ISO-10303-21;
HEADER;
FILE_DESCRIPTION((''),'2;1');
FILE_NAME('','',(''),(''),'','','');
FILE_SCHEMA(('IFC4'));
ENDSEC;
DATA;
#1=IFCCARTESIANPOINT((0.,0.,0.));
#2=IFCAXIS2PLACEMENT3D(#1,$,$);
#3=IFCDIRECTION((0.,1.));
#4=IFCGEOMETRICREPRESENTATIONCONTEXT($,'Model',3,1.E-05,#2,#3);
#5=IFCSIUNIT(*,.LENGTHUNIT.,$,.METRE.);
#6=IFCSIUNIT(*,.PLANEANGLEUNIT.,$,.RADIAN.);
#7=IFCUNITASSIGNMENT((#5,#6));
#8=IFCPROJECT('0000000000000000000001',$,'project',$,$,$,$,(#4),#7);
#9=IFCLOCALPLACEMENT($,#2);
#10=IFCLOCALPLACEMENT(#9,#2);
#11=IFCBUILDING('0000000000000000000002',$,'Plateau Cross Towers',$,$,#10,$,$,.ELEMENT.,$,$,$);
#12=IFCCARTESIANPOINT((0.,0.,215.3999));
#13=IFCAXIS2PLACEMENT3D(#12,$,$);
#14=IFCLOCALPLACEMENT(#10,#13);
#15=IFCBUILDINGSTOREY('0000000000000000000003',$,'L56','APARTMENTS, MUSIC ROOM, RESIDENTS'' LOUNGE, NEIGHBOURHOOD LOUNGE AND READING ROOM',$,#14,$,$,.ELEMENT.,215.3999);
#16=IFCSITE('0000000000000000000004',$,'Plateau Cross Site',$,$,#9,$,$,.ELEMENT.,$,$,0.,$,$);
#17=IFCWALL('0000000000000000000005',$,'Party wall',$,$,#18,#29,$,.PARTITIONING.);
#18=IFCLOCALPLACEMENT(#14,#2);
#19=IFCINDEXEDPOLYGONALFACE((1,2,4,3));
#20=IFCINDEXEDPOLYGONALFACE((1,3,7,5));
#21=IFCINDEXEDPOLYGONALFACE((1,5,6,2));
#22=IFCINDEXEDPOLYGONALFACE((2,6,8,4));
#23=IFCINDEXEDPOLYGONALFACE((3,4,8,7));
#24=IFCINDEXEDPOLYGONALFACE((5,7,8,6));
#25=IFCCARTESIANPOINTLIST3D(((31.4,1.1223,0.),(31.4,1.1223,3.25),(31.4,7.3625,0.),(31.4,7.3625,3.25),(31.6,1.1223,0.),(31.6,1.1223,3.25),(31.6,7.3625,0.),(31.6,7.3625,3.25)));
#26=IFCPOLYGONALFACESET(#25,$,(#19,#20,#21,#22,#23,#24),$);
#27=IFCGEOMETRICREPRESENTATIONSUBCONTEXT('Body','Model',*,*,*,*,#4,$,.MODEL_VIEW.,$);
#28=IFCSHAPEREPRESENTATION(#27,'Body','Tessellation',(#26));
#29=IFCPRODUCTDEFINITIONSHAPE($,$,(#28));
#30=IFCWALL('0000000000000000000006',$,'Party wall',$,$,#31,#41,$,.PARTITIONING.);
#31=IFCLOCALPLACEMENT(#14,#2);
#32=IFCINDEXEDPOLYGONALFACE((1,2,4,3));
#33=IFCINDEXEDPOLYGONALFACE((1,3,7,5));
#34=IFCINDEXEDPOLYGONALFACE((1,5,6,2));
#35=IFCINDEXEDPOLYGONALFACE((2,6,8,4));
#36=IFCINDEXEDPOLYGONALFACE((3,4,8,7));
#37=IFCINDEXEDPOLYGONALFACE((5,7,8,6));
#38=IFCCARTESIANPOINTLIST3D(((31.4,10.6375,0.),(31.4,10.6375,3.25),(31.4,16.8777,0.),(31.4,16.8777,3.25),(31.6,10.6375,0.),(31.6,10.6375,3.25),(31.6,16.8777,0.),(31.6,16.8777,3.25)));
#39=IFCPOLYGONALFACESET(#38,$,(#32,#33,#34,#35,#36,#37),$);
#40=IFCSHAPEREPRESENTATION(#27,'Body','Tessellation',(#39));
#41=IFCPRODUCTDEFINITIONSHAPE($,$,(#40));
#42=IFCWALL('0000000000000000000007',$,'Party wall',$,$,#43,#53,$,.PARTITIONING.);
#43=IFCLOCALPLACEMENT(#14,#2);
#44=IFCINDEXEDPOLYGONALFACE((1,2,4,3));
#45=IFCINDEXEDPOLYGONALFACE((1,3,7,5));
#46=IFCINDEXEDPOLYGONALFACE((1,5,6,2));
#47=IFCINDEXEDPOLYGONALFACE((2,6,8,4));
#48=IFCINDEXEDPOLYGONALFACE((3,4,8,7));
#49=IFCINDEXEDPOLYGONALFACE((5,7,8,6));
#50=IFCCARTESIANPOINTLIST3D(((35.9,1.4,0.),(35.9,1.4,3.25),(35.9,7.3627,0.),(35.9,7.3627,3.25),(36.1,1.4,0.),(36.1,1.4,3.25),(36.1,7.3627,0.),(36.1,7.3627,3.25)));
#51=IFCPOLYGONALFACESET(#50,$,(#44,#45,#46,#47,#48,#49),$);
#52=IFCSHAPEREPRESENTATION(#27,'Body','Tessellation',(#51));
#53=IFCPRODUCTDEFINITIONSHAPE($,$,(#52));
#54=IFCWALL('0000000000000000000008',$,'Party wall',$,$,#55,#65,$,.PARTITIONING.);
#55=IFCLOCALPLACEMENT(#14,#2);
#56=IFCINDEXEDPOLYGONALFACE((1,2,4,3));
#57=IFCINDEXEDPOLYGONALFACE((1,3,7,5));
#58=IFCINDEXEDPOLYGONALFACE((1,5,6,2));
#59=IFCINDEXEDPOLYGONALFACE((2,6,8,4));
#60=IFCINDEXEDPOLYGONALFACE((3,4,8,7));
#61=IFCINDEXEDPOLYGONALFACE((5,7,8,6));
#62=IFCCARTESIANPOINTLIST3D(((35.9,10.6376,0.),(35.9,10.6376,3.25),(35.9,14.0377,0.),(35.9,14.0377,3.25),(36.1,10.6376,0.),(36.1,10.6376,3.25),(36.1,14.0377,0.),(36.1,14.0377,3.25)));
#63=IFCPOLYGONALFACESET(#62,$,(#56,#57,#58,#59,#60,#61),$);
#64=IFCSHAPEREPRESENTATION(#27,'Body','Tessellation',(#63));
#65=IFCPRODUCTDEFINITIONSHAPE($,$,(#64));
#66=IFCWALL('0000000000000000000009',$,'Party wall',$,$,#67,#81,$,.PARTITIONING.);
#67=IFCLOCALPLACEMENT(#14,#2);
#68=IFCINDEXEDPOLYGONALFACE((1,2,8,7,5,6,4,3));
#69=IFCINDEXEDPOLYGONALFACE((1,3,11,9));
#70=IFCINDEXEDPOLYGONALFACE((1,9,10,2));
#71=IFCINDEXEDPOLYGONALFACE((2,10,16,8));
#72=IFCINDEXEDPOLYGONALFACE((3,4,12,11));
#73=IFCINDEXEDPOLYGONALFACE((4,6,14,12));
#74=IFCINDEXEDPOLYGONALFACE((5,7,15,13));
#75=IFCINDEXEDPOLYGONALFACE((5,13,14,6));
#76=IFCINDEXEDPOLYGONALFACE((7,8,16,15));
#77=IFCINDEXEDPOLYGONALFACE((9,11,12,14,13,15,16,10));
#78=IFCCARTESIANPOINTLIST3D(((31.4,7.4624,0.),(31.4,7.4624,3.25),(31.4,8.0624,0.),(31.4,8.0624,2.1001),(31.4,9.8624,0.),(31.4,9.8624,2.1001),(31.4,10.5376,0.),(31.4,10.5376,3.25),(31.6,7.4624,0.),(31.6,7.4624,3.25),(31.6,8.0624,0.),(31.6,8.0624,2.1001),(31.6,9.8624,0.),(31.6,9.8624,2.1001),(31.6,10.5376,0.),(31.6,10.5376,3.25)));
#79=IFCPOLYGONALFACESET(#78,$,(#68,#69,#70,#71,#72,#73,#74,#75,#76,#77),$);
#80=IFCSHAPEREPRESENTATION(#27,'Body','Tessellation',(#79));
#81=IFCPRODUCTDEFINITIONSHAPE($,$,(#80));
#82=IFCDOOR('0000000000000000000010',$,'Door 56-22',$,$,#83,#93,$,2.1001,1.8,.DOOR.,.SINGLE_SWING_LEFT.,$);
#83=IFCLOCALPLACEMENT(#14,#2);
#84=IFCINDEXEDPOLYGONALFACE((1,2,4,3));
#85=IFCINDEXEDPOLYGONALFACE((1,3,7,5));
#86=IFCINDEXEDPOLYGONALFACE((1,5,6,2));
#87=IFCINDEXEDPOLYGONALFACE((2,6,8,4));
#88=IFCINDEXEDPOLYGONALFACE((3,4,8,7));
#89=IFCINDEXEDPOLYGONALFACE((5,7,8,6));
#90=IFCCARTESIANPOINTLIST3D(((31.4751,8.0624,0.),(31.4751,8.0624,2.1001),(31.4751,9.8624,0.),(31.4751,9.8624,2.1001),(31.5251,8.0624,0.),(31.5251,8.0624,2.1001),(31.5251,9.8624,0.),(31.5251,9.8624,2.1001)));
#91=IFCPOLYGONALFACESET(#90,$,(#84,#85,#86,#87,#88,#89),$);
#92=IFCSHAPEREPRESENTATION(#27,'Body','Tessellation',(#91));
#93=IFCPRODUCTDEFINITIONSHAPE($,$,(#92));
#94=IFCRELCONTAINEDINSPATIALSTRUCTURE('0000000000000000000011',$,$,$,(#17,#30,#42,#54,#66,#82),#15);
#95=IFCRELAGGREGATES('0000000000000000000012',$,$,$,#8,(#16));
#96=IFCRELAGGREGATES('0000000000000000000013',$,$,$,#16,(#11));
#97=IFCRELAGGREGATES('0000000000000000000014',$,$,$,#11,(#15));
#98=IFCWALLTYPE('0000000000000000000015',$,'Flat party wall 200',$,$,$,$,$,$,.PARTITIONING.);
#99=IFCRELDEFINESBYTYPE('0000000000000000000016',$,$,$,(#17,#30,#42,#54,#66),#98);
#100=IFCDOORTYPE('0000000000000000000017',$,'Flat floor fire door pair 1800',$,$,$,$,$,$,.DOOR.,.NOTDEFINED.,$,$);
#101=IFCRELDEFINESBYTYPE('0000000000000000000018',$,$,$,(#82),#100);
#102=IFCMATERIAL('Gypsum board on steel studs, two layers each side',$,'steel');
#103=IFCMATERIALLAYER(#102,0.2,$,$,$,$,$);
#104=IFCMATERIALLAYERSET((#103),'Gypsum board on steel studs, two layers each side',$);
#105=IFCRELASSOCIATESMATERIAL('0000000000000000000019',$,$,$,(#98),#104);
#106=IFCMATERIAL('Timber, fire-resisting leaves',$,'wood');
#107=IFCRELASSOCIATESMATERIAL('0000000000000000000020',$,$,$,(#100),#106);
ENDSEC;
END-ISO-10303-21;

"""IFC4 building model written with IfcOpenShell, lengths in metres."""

from ifc_helpers import new_model, si_unit, direction, frame, frame_2d, origin, place, context, subcontext, project, spatial, rectangle, extrude, material, layer, layer_set, type_object, element, fill, save


model = new_model("IFC4")

# Units and contexts
model_context = context("Model", 3, precision=1e-05, world=origin(), true_north=direction((0.0, 1.0)))
body_context = subcontext(model_context, "Body", "Model", "MODEL_VIEW")
ifc_project = project(units=[si_unit("LENGTHUNIT", "METRE"), si_unit("PLANEANGLEUNIT", "RADIAN")], contexts=[model_context])

# Site, building, storey
site_placement = place(None, origin())
site = spatial("IfcSite", under=ifc_project, at=site_placement, Name="Plateau Cross Site", CompositionType="ELEMENT", RefElevation=0.0)
building_placement = place(site_placement, origin())
building = spatial("IfcBuilding", under=site, at=building_placement, Name="Plateau Cross Towers", CompositionType="ELEMENT")
storey_placement = place(building_placement, frame((0.0, 0.0, 215.3999)))
storey = spatial("IfcBuildingStorey", under=building, at=storey_placement, Name="L56", Description="APARTMENTS, MUSIC ROOM, RESIDENTS' LOUNGE, NEIGHBOURHOOD LOUNGE AND READING ROOM", CompositionType="ELEMENT", Elevation=215.3999)

# Walls
ifc_material_1 = material(Name="Gypsum board on steel studs, two layers each side", Category="steel")
ifc_layer_1 = layer(ifc_material_1, 0.2)
ifc_layer_set_1 = layer_set([ifc_layer_1], Name="Gypsum board on steel studs, two layers each side")
wall_type_1 = type_object("IfcWallType", Name="Flat party wall 200", PredefinedType="PARTITIONING", material=ifc_layer_set_1)
for number, where, z_axis, x_axis, name in (
    (1, (31.5, 1.1223, 0.0), (0.0, 0.0, 1.0), (0.0, 1.0, 0.0), "Party wall"),
    (2, (31.5, 10.6375, 0.0), (0.0, 0.0, 1.0), (0.0, 1.0, 0.0), "Party wall"),
):
    element("IfcWall", number, at=place(storey_placement, frame(where, z_axis=z_axis, x_axis=x_axis)), inside=storey, type_object=wall_type_1, Name=name, PredefinedType="PARTITIONING", context=body_context, shape_type="SweptSolid", body=[
        extrude(rectangle(XDim=6.2402, YDim=0.2, at=frame_2d((3.1201, 0.0))), origin(), (0.0, 0.0, 1.0), 3.25),
    ])
wall_1_placement = place(storey_placement, frame((36.0, 1.3999, 0.0), z_axis=(0.0, 0.0, 1.0), x_axis=(0.0, 1.0, 0.0)))
element("IfcWall", 3, at=wall_1_placement, inside=storey, type_object=wall_type_1, Name="Party wall", PredefinedType="PARTITIONING", context=body_context, shape_type="SweptSolid", body=[
    extrude(rectangle(XDim=5.9626, YDim=0.2, at=frame_2d((2.9814, 0.0))), origin(), (0.0, 0.0, 1.0), 3.25),
])
wall_2_placement = place(storey_placement, frame((36.0, 10.6375, 0.0), z_axis=(0.0, 0.0, 1.0), x_axis=(0.0, 1.0, 0.0)))
element("IfcWall", 4, at=wall_2_placement, inside=storey, type_object=wall_type_1, Name="Party wall", PredefinedType="PARTITIONING", context=body_context, shape_type="SweptSolid", body=[
    extrude(rectangle(XDim=3.4001, YDim=0.2, at=frame_2d((1.7002, 0.0))), origin(), (0.0, 0.0, 1.0), 3.25),
])

# Wall, opening, door
wall_3_placement = place(storey_placement, frame((31.5, 7.4624, 0.0), z_axis=(0.0, 0.0, 1.0), x_axis=(0.0, 1.0, 0.0)))
wall_3 = element("IfcWall", 5, at=wall_3_placement, inside=storey, type_object=wall_type_1, Name="Party wall", PredefinedType="PARTITIONING", context=body_context, shape_type="SweptSolid", body=[
    extrude(rectangle(XDim=3.0752, YDim=0.2, at=frame_2d((1.5376, 0.0))), origin(), (0.0, 0.0, 1.0), 3.25),
])
opening_1_placement = place(wall_3_placement, frame((0.6001, 0.0, 0.0)))
opening_1 = element("IfcOpeningElement", 6, at=opening_1_placement, cuts=wall_3, PredefinedType="OPENING", context=body_context, shape_type="SweptSolid", body=[
    extrude(rectangle(XDim=1.8, YDim=2.1001, at=frame_2d((0.8999, 1.05))), frame((0.0, 0.1099, 0.0), z_axis=(0.0, -1.0, 0.0), x_axis=(1.0, 0.0, 0.0)), (0.0, 0.0, 1.0), 0.22),
])
ifc_material_2 = material(Name="Timber, fire-resisting leaves", Category="wood")
door_type_1 = type_object("IfcDoorType", Name="Flat floor fire door pair 1800", OperationType="NOTDEFINED", PredefinedType="DOOR", material=ifc_material_2)
door_1_placement = place(opening_1_placement, origin())
door_1 = element("IfcDoor", 7, at=door_1_placement, inside=storey, type_object=door_type_1, Name="Door 56-22", OperationType="SINGLE_SWING_LEFT", OverallHeight=2.1001, OverallWidth=1.8, PredefinedType="DOOR", context=body_context, shape_type="SweptSolid", body=[
    extrude(rectangle(XDim=1.8, YDim=2.1001, at=frame_2d((0.8999, 1.05))), frame((0.0, 0.0249, 0.0), z_axis=(0.0, -1.0, 0.0), x_axis=(1.0, 0.0, 0.0)), (0.0, 0.0, 1.0), 0.05),
])
fill(opening_1, door_1)

save(model, "model.ifc")
